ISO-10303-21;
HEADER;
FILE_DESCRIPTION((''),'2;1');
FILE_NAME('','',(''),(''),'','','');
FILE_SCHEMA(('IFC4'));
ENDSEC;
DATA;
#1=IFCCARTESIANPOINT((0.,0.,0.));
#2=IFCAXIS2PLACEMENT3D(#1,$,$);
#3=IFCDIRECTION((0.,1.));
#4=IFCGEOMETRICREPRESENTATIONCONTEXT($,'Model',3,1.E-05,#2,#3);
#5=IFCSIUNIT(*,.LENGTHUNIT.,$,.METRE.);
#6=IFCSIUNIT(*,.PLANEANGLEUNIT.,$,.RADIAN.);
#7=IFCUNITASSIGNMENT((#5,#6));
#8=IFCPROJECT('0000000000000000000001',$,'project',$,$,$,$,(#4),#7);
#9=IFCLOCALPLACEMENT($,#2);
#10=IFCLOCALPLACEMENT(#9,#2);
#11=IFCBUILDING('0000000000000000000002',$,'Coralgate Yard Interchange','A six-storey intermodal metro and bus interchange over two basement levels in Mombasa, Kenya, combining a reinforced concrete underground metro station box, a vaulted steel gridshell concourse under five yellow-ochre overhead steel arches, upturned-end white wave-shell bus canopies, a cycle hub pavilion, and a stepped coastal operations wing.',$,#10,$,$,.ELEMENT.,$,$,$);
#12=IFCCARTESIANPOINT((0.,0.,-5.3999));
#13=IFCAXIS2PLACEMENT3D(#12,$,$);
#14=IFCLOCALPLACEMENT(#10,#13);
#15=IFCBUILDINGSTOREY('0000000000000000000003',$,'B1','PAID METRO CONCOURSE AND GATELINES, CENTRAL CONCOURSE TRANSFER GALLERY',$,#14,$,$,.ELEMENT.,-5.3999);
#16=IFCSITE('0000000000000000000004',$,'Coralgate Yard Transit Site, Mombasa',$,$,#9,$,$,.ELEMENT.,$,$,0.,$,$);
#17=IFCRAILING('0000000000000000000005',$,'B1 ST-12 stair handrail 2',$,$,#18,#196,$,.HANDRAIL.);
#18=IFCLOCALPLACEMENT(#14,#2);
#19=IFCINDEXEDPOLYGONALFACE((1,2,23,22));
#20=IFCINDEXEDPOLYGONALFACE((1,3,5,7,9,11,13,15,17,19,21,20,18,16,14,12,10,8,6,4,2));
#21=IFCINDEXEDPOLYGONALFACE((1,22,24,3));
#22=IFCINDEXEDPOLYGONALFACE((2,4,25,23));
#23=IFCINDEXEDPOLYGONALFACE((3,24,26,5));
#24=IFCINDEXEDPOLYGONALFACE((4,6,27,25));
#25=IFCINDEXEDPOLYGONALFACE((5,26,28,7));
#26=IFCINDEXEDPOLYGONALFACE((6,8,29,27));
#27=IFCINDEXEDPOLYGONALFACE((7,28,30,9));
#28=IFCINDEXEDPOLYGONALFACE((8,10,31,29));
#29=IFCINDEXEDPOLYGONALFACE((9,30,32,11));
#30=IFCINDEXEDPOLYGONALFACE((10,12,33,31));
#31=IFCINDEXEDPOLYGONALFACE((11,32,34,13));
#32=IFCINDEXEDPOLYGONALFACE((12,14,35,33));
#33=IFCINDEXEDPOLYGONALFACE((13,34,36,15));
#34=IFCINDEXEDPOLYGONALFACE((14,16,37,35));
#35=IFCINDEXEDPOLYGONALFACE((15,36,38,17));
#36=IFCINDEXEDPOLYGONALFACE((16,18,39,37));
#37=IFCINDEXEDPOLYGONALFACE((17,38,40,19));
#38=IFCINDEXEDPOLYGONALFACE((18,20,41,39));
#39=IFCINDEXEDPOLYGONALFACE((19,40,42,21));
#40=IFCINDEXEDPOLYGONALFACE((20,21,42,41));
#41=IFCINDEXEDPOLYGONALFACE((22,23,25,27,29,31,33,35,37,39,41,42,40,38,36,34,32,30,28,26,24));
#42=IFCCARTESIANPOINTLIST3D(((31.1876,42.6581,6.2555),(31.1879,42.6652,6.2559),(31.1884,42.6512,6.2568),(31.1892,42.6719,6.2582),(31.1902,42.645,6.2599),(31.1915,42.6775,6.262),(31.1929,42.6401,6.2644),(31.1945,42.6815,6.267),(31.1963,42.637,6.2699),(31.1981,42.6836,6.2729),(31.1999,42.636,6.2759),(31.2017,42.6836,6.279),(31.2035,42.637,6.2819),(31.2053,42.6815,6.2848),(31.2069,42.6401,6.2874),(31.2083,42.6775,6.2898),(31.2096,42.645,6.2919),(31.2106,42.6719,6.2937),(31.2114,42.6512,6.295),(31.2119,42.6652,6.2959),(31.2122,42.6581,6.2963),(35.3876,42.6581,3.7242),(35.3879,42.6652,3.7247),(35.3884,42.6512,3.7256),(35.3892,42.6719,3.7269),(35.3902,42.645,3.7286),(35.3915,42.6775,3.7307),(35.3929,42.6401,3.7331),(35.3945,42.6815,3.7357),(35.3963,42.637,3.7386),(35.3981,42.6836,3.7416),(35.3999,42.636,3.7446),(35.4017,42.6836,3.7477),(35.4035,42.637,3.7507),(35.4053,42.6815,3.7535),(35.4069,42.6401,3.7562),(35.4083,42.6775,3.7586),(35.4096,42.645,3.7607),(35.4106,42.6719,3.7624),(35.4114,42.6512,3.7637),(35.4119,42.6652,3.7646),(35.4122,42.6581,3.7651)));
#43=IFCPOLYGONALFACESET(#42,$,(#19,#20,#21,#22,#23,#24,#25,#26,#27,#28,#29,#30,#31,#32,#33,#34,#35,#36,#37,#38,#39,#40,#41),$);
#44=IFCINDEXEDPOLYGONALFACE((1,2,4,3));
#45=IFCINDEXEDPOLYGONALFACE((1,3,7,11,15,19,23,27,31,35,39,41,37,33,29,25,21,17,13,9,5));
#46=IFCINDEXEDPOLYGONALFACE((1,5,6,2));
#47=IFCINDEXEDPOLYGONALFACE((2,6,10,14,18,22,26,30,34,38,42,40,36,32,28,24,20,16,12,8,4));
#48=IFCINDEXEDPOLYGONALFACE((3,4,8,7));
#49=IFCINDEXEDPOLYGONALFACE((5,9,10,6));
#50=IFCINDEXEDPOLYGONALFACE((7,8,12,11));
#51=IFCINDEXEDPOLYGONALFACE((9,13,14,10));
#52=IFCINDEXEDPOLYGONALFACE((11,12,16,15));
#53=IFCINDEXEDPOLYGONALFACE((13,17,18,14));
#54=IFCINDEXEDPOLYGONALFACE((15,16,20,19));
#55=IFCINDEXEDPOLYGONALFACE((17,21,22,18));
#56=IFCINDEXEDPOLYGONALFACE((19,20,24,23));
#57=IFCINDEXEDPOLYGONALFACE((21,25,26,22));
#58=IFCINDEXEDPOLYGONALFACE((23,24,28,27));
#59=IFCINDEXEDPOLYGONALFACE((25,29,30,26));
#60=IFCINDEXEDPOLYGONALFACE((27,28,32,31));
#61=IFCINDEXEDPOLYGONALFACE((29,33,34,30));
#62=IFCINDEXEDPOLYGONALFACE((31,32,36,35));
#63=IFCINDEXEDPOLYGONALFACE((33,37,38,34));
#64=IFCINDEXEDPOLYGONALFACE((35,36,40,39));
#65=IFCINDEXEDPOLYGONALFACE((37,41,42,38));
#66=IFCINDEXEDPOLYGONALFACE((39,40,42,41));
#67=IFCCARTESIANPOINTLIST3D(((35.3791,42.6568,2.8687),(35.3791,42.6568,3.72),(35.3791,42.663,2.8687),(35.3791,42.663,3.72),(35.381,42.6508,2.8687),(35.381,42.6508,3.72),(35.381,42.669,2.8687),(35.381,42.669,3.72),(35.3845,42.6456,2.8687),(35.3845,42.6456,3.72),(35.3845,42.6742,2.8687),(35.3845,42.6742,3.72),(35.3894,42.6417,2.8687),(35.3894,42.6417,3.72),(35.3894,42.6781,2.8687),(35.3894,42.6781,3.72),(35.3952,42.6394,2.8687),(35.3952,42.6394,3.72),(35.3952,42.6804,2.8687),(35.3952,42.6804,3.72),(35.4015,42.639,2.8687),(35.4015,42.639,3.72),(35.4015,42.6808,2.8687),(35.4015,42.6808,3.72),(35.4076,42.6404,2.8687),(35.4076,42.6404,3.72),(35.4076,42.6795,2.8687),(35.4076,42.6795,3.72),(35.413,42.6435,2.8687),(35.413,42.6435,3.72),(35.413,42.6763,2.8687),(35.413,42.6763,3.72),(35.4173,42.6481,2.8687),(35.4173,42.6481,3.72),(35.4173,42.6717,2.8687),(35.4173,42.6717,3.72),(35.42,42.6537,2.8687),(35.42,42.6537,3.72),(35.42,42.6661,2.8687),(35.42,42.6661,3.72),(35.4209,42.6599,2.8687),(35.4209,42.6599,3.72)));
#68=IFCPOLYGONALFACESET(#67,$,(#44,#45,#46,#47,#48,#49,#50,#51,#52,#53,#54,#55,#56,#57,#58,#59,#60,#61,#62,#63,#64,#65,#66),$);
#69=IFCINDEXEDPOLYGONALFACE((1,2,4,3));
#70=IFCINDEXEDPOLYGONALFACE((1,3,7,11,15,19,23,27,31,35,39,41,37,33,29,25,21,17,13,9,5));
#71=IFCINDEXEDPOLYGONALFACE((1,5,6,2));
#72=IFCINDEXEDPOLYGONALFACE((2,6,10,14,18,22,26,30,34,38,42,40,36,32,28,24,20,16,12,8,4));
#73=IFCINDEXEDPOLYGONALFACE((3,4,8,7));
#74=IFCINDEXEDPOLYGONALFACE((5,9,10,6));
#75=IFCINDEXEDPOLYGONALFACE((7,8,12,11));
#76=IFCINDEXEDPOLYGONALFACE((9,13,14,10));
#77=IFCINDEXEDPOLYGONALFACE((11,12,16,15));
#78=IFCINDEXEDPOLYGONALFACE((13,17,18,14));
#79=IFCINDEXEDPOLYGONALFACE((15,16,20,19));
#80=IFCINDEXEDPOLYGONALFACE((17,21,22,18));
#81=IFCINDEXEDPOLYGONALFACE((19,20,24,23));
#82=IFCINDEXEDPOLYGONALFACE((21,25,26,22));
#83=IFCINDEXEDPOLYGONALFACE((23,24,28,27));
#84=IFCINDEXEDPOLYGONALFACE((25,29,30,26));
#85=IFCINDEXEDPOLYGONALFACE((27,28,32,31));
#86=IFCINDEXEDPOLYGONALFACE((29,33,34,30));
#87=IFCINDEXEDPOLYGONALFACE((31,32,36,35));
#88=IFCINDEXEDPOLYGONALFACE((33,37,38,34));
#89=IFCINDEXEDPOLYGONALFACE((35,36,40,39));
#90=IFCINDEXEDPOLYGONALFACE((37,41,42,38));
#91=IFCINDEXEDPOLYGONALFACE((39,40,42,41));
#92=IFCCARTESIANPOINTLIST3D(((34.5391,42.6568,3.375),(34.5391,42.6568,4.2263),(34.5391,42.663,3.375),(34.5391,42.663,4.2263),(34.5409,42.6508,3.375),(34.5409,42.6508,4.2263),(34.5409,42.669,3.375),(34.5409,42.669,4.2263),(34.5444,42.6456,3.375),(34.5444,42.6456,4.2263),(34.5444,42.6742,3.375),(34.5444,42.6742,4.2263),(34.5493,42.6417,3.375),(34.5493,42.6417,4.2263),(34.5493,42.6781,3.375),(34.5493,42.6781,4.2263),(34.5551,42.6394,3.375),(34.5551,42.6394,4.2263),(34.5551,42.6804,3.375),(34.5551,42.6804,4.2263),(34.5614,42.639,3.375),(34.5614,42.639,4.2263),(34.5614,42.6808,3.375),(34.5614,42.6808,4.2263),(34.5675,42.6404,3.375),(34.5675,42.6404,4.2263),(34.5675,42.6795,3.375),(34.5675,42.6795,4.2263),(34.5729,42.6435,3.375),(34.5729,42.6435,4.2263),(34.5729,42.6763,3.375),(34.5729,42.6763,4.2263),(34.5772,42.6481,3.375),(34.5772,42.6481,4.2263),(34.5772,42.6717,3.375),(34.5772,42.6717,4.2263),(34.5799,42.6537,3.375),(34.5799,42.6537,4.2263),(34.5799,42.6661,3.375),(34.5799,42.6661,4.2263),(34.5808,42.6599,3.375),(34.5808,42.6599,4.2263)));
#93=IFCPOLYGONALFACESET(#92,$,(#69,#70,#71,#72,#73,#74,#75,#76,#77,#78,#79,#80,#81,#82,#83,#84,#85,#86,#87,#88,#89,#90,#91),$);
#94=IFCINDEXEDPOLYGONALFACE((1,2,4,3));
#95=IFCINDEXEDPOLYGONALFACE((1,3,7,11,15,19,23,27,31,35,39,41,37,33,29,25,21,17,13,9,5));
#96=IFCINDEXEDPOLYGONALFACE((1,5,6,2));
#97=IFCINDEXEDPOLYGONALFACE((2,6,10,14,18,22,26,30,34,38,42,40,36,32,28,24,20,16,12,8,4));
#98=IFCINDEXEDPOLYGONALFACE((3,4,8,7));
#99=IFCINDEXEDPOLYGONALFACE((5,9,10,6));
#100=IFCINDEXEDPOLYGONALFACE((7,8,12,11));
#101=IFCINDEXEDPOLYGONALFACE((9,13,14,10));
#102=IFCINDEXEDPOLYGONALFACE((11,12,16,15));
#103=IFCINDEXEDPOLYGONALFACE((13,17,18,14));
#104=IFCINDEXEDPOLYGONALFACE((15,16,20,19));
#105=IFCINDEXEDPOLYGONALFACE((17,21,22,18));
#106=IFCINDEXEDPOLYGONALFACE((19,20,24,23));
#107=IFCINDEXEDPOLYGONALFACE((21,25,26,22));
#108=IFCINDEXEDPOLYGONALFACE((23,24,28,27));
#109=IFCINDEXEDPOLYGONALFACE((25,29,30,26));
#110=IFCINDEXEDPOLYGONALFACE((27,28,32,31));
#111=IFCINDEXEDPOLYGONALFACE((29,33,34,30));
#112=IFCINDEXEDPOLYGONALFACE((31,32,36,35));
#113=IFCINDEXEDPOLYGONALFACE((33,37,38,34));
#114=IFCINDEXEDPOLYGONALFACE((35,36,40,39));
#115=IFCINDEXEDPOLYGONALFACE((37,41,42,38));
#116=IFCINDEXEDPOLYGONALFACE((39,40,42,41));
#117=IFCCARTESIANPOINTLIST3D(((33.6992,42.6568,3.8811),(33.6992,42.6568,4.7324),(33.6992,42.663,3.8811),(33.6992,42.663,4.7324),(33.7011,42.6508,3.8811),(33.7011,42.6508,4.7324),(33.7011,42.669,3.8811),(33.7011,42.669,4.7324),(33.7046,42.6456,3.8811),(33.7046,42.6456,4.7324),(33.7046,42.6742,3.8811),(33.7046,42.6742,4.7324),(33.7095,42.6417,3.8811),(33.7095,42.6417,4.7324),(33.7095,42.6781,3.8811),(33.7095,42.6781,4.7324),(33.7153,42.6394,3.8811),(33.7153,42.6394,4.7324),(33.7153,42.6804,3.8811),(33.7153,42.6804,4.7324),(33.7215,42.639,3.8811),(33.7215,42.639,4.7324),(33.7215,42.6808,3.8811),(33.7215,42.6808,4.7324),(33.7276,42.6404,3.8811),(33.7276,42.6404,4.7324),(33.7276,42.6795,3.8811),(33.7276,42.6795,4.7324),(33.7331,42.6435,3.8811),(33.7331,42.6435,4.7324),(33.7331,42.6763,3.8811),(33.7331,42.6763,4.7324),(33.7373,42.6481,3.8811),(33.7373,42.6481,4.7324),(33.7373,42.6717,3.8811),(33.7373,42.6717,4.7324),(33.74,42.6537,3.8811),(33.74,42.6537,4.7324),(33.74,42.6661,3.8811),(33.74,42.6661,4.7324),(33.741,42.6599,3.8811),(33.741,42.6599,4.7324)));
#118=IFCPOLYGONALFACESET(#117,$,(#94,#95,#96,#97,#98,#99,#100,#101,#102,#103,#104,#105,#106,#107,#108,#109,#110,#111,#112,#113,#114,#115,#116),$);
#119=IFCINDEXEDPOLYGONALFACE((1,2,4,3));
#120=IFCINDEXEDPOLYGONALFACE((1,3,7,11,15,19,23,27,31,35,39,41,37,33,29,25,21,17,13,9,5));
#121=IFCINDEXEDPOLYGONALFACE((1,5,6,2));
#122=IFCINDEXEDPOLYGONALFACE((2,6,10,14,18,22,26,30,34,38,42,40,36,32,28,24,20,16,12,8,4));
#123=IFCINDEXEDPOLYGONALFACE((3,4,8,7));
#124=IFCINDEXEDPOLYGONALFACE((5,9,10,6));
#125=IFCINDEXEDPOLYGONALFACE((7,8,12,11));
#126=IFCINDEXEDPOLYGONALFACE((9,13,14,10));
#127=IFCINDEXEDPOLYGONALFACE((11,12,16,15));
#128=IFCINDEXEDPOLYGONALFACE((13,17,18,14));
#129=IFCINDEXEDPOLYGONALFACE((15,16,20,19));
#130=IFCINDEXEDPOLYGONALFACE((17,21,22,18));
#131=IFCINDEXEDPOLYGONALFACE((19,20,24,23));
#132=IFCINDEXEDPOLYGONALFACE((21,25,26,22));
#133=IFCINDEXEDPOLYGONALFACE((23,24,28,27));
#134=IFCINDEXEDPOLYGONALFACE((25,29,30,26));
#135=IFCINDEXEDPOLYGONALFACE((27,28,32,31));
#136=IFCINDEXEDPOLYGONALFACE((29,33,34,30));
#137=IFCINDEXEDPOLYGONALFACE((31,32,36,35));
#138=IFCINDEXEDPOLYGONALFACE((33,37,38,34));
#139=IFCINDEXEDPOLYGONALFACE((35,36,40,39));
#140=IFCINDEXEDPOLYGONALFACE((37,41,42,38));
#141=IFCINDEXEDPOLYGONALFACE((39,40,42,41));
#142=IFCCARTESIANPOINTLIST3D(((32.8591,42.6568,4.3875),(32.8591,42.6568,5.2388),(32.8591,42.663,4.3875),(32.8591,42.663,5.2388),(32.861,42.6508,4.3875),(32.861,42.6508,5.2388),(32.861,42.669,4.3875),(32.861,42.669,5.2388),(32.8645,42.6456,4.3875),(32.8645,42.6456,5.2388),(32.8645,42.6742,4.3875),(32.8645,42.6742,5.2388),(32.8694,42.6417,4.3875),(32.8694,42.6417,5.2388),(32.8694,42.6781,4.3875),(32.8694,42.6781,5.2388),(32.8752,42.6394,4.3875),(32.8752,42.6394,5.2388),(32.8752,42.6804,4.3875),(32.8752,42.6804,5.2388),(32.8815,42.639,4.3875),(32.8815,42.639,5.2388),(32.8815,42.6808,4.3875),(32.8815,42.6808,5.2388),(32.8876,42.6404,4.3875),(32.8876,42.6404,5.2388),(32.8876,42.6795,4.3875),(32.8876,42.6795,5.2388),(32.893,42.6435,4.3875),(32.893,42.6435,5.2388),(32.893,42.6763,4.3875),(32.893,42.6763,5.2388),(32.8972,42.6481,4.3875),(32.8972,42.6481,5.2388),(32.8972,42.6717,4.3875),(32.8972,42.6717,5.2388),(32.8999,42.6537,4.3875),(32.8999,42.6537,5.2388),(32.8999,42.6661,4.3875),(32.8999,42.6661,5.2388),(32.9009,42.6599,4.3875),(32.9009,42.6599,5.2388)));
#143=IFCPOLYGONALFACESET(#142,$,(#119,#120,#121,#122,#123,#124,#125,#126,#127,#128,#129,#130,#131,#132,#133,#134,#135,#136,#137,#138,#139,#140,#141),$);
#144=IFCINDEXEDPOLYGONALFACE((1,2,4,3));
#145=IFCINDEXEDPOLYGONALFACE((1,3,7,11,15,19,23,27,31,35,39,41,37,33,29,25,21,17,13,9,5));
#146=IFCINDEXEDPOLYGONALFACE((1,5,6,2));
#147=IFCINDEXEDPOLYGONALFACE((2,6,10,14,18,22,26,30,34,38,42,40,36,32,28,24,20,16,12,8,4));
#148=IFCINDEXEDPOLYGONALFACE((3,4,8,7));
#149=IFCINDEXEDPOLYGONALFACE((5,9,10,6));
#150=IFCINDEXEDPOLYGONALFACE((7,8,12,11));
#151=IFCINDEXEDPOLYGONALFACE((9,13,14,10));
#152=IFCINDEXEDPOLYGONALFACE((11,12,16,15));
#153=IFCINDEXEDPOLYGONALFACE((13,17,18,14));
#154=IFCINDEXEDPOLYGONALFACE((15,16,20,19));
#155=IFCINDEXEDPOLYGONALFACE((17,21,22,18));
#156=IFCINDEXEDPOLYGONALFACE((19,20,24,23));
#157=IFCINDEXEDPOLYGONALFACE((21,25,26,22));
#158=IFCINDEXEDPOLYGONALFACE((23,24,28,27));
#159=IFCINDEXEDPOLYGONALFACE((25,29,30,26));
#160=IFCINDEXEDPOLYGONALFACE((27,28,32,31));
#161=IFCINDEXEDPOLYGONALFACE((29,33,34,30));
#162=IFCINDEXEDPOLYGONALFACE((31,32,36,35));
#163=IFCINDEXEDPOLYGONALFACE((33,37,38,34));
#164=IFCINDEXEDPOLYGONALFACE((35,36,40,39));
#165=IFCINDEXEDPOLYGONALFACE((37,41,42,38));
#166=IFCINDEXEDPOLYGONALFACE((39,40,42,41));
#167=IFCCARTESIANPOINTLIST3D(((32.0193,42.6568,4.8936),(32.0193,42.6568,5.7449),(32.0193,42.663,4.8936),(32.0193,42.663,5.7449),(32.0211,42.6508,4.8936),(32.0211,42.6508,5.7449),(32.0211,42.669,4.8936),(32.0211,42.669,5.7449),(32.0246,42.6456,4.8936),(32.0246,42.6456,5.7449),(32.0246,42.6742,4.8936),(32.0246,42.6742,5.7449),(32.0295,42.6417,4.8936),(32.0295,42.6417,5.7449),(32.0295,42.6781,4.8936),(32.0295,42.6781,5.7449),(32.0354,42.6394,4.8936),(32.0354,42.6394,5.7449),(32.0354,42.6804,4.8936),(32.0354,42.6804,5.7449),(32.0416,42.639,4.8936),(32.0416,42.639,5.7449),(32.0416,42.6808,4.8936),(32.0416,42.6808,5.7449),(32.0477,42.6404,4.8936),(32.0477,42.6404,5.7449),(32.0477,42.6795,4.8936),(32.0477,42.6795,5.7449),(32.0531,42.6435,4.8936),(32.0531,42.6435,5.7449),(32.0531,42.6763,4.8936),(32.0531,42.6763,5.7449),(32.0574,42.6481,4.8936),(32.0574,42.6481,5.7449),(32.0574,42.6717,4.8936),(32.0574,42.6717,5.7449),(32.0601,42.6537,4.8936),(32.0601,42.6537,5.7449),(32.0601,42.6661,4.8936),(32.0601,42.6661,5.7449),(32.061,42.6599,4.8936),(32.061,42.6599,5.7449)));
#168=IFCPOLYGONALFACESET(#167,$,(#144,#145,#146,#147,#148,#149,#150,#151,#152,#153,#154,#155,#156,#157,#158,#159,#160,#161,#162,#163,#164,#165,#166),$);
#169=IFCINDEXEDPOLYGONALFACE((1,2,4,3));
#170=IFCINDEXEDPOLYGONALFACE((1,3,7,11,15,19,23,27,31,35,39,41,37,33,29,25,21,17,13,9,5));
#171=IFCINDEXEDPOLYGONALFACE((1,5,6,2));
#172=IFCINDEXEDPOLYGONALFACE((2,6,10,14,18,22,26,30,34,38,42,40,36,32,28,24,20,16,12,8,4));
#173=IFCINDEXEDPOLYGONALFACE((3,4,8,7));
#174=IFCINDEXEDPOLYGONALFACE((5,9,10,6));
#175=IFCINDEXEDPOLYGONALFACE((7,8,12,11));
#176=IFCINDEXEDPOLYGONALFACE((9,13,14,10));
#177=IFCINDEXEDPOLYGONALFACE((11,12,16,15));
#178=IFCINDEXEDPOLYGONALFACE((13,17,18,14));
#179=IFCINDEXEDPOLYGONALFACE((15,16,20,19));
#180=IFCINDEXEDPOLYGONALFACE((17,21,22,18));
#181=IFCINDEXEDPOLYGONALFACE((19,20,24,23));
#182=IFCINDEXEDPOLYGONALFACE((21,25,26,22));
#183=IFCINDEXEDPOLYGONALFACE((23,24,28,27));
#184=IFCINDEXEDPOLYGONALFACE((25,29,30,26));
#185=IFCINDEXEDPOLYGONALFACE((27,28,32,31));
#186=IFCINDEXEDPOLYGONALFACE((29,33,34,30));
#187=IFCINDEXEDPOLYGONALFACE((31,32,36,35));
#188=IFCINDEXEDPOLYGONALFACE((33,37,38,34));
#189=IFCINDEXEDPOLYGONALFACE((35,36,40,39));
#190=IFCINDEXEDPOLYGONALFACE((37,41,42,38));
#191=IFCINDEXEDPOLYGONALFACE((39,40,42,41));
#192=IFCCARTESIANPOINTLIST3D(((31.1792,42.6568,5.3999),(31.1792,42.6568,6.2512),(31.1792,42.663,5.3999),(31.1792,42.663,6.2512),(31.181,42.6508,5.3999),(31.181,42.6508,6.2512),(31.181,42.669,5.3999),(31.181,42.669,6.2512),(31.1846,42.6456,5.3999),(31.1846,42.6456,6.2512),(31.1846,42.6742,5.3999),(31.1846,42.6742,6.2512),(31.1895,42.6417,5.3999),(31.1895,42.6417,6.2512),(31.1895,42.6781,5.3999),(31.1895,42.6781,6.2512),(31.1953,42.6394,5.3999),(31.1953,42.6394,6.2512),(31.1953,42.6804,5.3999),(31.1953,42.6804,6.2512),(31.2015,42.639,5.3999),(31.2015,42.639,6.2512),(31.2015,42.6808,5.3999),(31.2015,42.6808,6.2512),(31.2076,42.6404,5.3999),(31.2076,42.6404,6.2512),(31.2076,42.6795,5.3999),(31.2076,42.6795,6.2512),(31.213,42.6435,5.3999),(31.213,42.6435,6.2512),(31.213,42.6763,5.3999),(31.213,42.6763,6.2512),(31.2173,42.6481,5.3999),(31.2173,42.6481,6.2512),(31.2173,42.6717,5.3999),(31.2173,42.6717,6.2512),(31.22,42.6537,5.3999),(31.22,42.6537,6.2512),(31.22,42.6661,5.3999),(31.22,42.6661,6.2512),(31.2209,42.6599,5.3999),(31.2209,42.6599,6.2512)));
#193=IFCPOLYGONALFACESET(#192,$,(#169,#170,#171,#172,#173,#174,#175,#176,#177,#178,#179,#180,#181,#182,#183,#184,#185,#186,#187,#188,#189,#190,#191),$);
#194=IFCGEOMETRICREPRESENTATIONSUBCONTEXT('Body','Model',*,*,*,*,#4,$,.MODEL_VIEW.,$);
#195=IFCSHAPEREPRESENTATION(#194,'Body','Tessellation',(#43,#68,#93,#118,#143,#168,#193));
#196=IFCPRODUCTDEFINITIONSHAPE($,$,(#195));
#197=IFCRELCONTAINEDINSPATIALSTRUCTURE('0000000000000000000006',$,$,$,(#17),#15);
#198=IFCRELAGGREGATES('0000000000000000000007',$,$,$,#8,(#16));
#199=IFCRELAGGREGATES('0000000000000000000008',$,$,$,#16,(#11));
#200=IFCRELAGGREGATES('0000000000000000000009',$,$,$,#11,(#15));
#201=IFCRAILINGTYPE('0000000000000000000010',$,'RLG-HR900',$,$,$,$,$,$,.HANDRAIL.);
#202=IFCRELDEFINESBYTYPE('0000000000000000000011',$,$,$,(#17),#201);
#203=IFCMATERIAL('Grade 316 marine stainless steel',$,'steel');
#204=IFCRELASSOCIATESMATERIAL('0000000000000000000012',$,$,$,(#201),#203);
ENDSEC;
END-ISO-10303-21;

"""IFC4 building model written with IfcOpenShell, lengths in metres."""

from ifc_helpers import new_model, si_unit, direction, frame, origin, origin_2d, place, context, subcontext, project, spatial, circle, extrude, material, type_object, element, save


model = new_model("IFC4")

# Units and contexts
model_context = context("Model", 3, precision=1e-05, world=origin(), true_north=direction((0.0, 1.0)))
body_context = subcontext(model_context, "Body", "Model", "MODEL_VIEW")
ifc_project = project(units=[si_unit("LENGTHUNIT", "METRE"), si_unit("PLANEANGLEUNIT", "RADIAN")], contexts=[model_context])

# Site, building, storey
site_placement = place(None, origin())
site = spatial("IfcSite", under=ifc_project, at=site_placement, Name="Coralgate Yard Transit Site, Mombasa", CompositionType="ELEMENT", RefElevation=0.0)
building_placement = place(site_placement, origin())
building = spatial("IfcBuilding", under=site, at=building_placement, Name="Coralgate Yard Interchange", Description="A six-storey intermodal metro and bus interchange over two basement levels in Mombasa, Kenya, combining a reinforced concrete underground metro station box, a vaulted steel gridshell concourse under five yellow-ochre overhead steel arches, upturned-end white wave-shell bus canopies, a cycle hub pavilion, and a stepped coastal operations wing.", CompositionType="ELEMENT")
storey_placement = place(building_placement, frame((0.0, 0.0, -5.3999)))
storey = spatial("IfcBuildingStorey", under=building, at=storey_placement, Name="B1", Description="PAID METRO CONCOURSE AND GATELINES, CENTRAL CONCOURSE TRANSFER GALLERY", CompositionType="ELEMENT", Elevation=-5.3999)

# Railing
ifc_material_1 = material(Name="Grade 316 marine stainless steel", Category="steel")
railing_type_1 = type_object("IfcRailingType", Name="RLG-HR900", PredefinedType="HANDRAIL", material=ifc_material_1)
railing_1_placement = place(storey_placement, frame((35.3999, 42.6599, 2.8687)))
element("IfcRailing", 1, at=railing_1_placement, inside=storey, type_object=railing_type_1, Name="B1 ST-12 stair handrail 2", PredefinedType="HANDRAIL", context=body_context, shape_type="SweptSolid", body=[
    extrude(circle(Radius=0.0239, at=origin_2d()), frame((0.0, 0.0, 0.876), z_axis=(-0.856476, 0.0, 0.516186), x_axis=(0.0, -1.0, 0.0)), (0.0, 0.0, 1.0), 4.9038),
    extrude(circle(Radius=0.021, at=origin_2d()), origin(), (0.0, 0.0, 1.0), 0.8513),
    extrude(circle(Radius=0.021, at=origin_2d()), frame((-0.8401, 0.0, 0.5063)), (0.0, 0.0, 1.0), 0.8513),
    extrude(circle(Radius=0.021, at=origin_2d()), frame((-1.6799, 0.0, 1.0125)), (0.0, 0.0, 1.0), 0.8513),
    extrude(circle(Radius=0.021, at=origin_2d()), frame((-2.52, 0.0, 1.5188)), (0.0, 0.0, 1.0), 0.8513),
    extrude(circle(Radius=0.021, at=origin_2d()), frame((-3.3599, 0.0, 2.0249)), (0.0, 0.0, 1.0), 0.8513),
    extrude(circle(Radius=0.021, at=origin_2d()), frame((-4.2, 0.0, 2.5312)), (0.0, 0.0, 1.0), 0.8513),
])

save(model, "model.ifc")
